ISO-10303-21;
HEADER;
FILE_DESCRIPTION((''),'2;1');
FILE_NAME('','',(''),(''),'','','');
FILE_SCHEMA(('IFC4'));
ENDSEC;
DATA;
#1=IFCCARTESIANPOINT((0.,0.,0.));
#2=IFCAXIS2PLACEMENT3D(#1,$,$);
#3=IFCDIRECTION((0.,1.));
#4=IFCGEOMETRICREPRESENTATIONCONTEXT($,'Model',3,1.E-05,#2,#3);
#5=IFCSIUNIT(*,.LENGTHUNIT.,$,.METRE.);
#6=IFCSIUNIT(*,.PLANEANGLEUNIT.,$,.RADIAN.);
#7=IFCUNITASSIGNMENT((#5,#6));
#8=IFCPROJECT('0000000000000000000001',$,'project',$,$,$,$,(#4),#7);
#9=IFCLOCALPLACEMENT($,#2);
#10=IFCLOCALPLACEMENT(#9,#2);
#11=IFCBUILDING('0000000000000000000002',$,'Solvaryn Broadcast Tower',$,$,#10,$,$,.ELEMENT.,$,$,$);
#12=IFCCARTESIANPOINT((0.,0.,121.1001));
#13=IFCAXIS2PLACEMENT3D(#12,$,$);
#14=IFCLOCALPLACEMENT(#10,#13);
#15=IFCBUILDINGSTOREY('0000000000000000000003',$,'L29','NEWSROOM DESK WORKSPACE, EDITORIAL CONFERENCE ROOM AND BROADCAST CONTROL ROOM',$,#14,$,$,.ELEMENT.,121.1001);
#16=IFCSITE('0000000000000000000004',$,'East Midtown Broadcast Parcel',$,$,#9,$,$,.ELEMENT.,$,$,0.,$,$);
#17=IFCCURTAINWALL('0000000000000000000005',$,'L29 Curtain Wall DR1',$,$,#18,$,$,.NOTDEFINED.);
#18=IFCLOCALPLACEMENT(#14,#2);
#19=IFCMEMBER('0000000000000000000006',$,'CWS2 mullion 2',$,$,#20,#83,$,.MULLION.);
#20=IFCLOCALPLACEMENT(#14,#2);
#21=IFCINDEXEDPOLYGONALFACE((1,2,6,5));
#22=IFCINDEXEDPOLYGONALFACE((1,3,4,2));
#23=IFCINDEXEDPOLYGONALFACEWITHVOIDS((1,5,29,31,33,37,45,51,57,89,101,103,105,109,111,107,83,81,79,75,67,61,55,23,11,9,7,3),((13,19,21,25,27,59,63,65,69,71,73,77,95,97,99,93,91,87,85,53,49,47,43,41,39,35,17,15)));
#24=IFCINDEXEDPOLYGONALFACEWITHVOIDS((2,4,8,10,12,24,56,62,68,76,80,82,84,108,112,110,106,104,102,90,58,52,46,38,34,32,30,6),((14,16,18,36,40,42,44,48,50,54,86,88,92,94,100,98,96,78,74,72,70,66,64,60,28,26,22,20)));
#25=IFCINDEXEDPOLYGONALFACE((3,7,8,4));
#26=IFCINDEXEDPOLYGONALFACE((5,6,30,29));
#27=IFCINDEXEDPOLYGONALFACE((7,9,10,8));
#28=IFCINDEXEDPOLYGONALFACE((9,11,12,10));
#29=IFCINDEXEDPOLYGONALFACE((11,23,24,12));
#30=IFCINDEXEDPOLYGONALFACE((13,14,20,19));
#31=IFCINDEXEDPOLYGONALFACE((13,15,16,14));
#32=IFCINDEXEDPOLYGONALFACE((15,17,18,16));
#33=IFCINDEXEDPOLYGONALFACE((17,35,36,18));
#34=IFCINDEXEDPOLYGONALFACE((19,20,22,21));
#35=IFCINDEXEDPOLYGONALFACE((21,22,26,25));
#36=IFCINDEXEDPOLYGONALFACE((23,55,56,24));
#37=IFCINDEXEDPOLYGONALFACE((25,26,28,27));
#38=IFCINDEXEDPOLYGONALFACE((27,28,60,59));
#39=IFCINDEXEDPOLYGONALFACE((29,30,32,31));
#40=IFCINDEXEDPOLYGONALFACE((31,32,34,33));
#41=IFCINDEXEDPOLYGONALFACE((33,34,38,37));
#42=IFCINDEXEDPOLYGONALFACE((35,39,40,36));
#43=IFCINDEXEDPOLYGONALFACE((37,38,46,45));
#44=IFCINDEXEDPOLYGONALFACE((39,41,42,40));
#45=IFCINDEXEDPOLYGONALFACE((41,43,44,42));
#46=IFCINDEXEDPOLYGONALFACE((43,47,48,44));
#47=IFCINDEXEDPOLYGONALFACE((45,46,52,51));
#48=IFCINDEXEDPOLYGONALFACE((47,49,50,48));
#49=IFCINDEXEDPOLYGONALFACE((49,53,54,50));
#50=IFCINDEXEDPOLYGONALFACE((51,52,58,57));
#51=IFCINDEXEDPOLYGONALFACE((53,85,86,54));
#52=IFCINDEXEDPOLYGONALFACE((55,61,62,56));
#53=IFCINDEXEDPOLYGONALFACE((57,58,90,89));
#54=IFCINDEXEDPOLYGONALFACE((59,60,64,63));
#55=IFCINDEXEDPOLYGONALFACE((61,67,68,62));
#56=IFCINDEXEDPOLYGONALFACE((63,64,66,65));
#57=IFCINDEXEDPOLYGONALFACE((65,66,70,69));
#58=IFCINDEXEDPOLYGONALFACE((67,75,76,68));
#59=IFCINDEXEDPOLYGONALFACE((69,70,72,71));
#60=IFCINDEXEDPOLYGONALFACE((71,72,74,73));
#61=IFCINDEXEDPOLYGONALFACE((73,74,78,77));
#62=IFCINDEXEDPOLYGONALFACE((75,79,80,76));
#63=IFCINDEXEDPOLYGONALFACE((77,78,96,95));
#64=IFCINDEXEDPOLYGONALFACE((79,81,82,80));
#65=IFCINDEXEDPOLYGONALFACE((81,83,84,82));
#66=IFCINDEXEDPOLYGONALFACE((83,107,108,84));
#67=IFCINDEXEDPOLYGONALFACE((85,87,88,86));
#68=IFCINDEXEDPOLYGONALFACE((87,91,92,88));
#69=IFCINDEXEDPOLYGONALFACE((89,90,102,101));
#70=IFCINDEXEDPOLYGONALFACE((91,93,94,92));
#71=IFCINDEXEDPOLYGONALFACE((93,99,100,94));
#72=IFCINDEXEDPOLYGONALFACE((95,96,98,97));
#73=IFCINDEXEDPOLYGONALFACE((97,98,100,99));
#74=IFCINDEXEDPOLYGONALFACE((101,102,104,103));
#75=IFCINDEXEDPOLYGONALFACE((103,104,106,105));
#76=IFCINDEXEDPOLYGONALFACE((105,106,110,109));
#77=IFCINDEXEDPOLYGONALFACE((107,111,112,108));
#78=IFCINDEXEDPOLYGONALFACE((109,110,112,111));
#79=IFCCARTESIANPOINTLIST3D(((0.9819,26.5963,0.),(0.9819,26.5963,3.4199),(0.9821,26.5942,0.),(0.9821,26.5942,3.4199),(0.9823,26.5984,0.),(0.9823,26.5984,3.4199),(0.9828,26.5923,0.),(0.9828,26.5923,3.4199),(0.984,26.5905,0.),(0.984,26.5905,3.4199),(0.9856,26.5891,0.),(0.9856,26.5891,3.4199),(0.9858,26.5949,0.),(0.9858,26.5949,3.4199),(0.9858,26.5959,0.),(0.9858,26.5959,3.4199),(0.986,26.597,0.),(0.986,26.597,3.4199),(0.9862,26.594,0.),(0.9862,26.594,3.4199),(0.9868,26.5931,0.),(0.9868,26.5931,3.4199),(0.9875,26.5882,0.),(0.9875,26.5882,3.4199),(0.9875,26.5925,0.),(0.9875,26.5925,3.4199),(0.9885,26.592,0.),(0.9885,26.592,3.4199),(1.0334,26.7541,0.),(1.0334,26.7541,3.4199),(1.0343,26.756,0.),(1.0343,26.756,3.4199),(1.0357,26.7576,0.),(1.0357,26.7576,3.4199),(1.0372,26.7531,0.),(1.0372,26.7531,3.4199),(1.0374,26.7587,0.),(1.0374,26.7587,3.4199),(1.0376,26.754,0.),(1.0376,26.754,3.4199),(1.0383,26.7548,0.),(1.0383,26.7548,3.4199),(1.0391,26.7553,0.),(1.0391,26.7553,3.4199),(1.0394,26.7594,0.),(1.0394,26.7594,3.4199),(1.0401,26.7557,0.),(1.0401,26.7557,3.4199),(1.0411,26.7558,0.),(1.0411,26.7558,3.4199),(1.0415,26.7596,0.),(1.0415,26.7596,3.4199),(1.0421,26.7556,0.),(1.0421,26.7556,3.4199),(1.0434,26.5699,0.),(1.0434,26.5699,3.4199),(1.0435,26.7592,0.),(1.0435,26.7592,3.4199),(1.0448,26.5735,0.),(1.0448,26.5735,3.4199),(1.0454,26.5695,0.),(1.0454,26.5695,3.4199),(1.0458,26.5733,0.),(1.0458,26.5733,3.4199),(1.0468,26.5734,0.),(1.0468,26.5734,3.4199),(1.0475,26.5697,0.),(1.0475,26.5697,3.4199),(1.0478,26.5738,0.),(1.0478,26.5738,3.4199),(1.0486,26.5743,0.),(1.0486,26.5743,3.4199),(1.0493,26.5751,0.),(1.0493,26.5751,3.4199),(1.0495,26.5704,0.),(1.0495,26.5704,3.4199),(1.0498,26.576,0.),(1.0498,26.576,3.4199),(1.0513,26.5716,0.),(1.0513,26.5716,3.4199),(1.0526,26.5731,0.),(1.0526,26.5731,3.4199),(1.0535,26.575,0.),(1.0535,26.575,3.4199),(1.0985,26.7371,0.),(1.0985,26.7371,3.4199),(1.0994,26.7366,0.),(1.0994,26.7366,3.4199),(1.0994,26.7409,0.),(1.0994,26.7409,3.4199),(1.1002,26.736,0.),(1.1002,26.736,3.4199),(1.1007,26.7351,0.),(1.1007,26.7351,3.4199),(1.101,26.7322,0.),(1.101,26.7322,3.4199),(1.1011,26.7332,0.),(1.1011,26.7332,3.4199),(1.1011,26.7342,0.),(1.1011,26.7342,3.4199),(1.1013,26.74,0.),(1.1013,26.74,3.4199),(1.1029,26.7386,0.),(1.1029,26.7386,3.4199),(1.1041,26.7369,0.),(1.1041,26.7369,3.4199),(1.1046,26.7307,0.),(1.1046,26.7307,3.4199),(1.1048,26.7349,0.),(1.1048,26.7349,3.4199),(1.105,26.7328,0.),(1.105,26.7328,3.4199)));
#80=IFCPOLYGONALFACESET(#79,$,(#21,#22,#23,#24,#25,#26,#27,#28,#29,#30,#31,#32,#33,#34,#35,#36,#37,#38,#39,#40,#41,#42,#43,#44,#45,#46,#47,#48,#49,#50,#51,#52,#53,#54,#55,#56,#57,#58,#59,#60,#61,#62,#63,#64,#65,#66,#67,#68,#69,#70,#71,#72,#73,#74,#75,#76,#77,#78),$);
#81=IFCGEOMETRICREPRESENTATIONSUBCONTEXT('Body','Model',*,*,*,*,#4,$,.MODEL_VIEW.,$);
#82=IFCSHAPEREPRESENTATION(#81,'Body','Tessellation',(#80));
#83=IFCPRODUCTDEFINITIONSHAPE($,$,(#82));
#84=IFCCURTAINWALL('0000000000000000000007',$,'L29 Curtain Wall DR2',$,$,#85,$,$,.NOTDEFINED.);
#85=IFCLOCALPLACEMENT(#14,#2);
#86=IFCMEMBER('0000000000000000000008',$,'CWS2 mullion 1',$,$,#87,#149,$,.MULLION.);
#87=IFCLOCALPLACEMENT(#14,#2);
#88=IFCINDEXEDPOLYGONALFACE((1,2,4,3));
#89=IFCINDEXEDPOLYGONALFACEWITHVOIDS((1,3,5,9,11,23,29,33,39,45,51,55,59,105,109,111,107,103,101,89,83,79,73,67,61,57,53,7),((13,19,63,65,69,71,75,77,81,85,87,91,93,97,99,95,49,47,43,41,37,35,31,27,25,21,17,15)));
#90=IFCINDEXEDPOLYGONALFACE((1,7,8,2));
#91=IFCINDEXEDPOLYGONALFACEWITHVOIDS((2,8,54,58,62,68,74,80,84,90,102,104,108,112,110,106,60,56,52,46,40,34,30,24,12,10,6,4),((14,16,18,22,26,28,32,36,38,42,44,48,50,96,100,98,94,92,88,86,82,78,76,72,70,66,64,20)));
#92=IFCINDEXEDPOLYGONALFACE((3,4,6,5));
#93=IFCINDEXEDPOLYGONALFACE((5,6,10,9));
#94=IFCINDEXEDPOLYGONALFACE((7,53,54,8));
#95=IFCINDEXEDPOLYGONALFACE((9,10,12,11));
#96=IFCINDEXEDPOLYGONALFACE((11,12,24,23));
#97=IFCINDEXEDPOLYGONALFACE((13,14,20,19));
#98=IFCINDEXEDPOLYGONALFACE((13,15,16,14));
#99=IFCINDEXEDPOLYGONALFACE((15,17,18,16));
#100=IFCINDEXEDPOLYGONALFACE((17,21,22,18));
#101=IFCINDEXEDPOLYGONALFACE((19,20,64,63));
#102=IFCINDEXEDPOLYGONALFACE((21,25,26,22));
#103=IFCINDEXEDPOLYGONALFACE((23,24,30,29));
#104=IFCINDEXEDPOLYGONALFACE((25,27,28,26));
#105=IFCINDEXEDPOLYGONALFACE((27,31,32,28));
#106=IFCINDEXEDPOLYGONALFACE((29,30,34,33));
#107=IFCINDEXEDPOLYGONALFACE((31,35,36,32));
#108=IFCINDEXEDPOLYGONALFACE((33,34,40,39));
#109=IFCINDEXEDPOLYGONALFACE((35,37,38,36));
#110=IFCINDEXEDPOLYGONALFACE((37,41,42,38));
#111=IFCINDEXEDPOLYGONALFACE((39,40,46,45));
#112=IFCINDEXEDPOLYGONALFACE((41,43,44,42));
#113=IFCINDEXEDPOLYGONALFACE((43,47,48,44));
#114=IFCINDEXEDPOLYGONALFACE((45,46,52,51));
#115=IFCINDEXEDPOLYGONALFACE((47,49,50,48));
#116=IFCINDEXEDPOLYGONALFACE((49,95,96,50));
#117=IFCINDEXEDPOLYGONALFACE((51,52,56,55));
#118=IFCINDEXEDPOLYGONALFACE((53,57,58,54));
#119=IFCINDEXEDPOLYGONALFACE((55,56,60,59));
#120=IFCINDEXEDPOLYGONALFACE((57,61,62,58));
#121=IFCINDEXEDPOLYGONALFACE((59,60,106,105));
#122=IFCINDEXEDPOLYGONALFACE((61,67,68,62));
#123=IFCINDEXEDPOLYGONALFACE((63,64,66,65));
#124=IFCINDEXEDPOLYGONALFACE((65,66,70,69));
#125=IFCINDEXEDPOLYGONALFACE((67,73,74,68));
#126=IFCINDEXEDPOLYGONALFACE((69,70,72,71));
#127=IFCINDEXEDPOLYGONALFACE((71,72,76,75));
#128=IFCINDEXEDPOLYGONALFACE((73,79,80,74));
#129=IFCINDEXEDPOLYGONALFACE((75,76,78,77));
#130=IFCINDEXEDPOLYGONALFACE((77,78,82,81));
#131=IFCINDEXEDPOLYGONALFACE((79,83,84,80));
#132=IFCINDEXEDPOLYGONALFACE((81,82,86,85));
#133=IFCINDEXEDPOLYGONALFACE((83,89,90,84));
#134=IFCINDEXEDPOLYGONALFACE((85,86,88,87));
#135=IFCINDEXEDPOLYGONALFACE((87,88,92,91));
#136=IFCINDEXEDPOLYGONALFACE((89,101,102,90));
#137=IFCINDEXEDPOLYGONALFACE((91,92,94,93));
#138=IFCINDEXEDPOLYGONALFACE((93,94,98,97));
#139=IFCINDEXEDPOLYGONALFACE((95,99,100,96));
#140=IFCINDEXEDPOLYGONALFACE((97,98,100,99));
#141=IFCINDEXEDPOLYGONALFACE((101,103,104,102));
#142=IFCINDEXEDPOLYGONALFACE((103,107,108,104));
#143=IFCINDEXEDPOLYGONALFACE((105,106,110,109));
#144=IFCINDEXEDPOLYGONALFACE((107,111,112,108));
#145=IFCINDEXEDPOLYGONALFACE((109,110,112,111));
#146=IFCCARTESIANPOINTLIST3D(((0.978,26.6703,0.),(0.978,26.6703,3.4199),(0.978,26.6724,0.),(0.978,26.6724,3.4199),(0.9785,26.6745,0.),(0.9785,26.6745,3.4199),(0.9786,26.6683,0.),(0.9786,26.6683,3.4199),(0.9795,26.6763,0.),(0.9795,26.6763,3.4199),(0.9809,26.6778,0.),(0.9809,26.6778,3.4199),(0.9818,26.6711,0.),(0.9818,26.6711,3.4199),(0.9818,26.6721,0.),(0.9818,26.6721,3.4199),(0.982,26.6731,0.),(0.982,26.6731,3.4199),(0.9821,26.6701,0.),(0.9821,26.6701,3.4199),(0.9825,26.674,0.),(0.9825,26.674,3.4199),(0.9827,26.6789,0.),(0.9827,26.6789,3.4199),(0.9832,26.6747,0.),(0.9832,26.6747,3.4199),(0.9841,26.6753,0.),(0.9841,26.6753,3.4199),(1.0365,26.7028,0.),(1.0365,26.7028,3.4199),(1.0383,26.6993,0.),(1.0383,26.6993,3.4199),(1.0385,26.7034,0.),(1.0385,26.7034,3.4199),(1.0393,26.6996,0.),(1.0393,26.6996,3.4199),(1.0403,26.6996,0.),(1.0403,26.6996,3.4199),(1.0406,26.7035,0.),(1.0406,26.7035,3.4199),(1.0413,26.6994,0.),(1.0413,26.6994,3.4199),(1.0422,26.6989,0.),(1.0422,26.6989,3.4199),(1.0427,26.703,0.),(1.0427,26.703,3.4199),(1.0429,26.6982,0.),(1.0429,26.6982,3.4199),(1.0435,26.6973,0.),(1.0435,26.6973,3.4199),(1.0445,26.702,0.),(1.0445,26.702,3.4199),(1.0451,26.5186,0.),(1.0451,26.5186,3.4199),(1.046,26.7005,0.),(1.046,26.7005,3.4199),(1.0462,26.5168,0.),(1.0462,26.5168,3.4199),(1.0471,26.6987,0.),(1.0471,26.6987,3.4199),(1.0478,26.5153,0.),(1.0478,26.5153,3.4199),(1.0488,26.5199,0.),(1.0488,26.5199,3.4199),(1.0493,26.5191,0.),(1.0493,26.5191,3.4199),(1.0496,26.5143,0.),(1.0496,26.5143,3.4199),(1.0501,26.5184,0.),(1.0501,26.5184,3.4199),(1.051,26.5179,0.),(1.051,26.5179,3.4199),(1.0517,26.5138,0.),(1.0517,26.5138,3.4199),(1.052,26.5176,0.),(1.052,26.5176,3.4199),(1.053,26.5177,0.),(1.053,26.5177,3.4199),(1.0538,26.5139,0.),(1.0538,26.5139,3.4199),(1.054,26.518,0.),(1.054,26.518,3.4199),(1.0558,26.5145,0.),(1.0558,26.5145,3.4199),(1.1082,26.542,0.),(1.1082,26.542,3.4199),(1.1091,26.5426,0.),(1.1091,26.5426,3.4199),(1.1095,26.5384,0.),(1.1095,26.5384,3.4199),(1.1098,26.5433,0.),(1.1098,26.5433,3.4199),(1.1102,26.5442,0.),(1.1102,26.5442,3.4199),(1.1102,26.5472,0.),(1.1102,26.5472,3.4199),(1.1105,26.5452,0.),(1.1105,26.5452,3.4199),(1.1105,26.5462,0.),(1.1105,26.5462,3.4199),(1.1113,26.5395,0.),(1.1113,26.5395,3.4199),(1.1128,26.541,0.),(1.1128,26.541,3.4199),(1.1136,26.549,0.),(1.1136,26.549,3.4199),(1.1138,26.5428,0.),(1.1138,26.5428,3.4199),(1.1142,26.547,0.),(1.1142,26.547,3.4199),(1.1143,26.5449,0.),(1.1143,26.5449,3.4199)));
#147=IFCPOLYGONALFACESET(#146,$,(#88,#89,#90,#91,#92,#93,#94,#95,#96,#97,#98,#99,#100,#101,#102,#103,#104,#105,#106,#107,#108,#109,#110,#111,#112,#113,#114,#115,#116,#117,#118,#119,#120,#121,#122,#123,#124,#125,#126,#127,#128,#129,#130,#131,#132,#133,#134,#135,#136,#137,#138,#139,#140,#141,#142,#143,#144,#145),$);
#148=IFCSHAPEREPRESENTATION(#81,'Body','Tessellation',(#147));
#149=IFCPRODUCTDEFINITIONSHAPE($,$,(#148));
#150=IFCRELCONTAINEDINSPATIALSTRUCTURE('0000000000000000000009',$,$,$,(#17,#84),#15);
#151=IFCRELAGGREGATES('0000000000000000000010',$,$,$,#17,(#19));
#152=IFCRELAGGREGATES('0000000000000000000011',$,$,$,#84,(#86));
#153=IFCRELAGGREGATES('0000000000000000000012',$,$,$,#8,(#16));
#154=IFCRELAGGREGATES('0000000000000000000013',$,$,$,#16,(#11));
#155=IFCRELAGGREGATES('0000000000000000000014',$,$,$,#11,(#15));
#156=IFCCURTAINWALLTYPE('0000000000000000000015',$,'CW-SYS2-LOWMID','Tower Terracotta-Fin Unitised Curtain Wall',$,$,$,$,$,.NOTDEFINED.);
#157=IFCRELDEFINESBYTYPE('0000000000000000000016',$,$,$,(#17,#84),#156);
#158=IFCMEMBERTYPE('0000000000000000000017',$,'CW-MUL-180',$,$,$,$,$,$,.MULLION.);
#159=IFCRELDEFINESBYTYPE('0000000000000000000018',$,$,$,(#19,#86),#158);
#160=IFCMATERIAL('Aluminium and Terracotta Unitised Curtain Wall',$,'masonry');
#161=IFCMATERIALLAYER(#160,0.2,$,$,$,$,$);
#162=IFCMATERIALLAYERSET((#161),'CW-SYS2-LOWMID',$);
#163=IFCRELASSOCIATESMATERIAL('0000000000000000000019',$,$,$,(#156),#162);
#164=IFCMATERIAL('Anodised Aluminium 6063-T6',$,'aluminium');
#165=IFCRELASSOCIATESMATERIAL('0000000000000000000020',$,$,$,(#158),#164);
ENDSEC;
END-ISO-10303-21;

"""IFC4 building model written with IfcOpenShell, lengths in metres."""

from ifc_helpers import new_model, si_unit, direction, frame, origin, origin_2d, place, context, subcontext, project, spatial, hollow_rectangle, extrude, material, layer, layer_set, material_profile, profile_set, type_object, element, aggregate, save


model = new_model("IFC4")

# Units and contexts
model_context = context("Model", 3, precision=1e-05, world=origin(), true_north=direction((0.0, 1.0)))
body_context = subcontext(model_context, "Body", "Model", "MODEL_VIEW")
ifc_project = project(units=[si_unit("LENGTHUNIT", "METRE"), si_unit("PLANEANGLEUNIT", "RADIAN")], contexts=[model_context])

# Site, building, storey
site_placement = place(None, origin())
site = spatial("IfcSite", under=ifc_project, at=site_placement, Name="East Midtown Broadcast Parcel", CompositionType="ELEMENT", RefElevation=0.0)
building_placement = place(site_placement, origin())
building = spatial("IfcBuilding", under=site, at=building_placement, Name="Solvaryn Broadcast Tower", CompositionType="ELEMENT")
storey_placement = place(building_placement, frame((0.0, 0.0, 121.1001)))
storey = spatial("IfcBuildingStorey", under=building, at=storey_placement, Name="L29", Description="NEWSROOM DESK WORKSPACE, EDITORIAL CONFERENCE ROOM AND BROADCAST CONTROL ROOM", CompositionType="ELEMENT", Elevation=121.1001)

# Curtain wall, member
ifc_material_1 = material(Name="Aluminium and Terracotta Unitised Curtain Wall", Category="masonry")
ifc_layer_1 = layer(ifc_material_1, 0.2)
ifc_layer_set_1 = layer_set([ifc_layer_1], Name="CW-SYS2-LOWMID")
curtain_wall_type = type_object("IfcCurtainWallType", Name="CW-SYS2-LOWMID", Description="Tower Terracotta-Fin Unitised Curtain Wall", PredefinedType="NOTDEFINED", material=ifc_layer_set_1)
curtain_wall_1_placement = place(storey_placement, origin())
curtain_wall_1 = element("IfcCurtainWall", 1, at=curtain_wall_1_placement, inside=storey, type_object=curtain_wall_type, Name="L29 Curtain Wall DR1", PredefinedType="NOTDEFINED")
ifc_material_2 = material(Name="Anodised Aluminium 6063-T6", Category="aluminium")
ifc_material_profile_1 = material_profile(ifc_material_2, hollow_rectangle(XDim=0.075, YDim=0.1799, WallThickness=0.0039, InnerFilletRadius=0.0039, OuterFilletRadius=0.0081, at=origin_2d()))
ifc_profile_set_1 = profile_set([ifc_material_profile_1], Name="Anodised Aluminium 6063-T6")
member_type_1 = type_object("IfcMemberType", Name="CW-MUL-180", PredefinedType="MULLION", material=ifc_profile_set_1)
member_1_placement = place(storey_placement, frame((1.0435, 26.6646, 0.0), z_axis=(0.0, 0.0, 1.0), x_axis=(0.950198, -0.311646, 0.0)))
member_1 = element("IfcMember", 2, at=member_1_placement, type_object=member_type_1, Name="CWS2 mullion 2", PredefinedType="MULLION", context=body_context, shape_type="SweptSolid", body=[
    extrude(hollow_rectangle(XDim=0.075, YDim=0.1799, WallThickness=0.0039, InnerFilletRadius=0.0039, OuterFilletRadius=0.0081, at=origin_2d()), origin(), (0.0, 0.0, 1.0), 3.4199),
])
aggregate(curtain_wall_1, [member_1])

# Curtain wall, member
curtain_wall_2_placement = place(storey_placement, origin())
curtain_wall_2 = element("IfcCurtainWall", 3, at=curtain_wall_2_placement, inside=storey, type_object=curtain_wall_type, Name="L29 Curtain Wall DR2", PredefinedType="NOTDEFINED")
member_2_placement = place(storey_placement, frame((1.0461, 26.6086, 0.0), z_axis=(0.0, 0.0, 1.0), x_axis=(0.913909, 0.405918, 0.0)))
member_2 = element("IfcMember", 4, at=member_2_placement, type_object=member_type_1, Name="CWS2 mullion 1", PredefinedType="MULLION", context=body_context, shape_type="SweptSolid", body=[
    extrude(hollow_rectangle(XDim=0.075, YDim=0.1799, WallThickness=0.0039, InnerFilletRadius=0.0039, OuterFilletRadius=0.0081, at=origin_2d()), origin(), (0.0, 0.0, 1.0), 3.4199),
])
aggregate(curtain_wall_2, [member_2])

save(model, "model.ifc")
